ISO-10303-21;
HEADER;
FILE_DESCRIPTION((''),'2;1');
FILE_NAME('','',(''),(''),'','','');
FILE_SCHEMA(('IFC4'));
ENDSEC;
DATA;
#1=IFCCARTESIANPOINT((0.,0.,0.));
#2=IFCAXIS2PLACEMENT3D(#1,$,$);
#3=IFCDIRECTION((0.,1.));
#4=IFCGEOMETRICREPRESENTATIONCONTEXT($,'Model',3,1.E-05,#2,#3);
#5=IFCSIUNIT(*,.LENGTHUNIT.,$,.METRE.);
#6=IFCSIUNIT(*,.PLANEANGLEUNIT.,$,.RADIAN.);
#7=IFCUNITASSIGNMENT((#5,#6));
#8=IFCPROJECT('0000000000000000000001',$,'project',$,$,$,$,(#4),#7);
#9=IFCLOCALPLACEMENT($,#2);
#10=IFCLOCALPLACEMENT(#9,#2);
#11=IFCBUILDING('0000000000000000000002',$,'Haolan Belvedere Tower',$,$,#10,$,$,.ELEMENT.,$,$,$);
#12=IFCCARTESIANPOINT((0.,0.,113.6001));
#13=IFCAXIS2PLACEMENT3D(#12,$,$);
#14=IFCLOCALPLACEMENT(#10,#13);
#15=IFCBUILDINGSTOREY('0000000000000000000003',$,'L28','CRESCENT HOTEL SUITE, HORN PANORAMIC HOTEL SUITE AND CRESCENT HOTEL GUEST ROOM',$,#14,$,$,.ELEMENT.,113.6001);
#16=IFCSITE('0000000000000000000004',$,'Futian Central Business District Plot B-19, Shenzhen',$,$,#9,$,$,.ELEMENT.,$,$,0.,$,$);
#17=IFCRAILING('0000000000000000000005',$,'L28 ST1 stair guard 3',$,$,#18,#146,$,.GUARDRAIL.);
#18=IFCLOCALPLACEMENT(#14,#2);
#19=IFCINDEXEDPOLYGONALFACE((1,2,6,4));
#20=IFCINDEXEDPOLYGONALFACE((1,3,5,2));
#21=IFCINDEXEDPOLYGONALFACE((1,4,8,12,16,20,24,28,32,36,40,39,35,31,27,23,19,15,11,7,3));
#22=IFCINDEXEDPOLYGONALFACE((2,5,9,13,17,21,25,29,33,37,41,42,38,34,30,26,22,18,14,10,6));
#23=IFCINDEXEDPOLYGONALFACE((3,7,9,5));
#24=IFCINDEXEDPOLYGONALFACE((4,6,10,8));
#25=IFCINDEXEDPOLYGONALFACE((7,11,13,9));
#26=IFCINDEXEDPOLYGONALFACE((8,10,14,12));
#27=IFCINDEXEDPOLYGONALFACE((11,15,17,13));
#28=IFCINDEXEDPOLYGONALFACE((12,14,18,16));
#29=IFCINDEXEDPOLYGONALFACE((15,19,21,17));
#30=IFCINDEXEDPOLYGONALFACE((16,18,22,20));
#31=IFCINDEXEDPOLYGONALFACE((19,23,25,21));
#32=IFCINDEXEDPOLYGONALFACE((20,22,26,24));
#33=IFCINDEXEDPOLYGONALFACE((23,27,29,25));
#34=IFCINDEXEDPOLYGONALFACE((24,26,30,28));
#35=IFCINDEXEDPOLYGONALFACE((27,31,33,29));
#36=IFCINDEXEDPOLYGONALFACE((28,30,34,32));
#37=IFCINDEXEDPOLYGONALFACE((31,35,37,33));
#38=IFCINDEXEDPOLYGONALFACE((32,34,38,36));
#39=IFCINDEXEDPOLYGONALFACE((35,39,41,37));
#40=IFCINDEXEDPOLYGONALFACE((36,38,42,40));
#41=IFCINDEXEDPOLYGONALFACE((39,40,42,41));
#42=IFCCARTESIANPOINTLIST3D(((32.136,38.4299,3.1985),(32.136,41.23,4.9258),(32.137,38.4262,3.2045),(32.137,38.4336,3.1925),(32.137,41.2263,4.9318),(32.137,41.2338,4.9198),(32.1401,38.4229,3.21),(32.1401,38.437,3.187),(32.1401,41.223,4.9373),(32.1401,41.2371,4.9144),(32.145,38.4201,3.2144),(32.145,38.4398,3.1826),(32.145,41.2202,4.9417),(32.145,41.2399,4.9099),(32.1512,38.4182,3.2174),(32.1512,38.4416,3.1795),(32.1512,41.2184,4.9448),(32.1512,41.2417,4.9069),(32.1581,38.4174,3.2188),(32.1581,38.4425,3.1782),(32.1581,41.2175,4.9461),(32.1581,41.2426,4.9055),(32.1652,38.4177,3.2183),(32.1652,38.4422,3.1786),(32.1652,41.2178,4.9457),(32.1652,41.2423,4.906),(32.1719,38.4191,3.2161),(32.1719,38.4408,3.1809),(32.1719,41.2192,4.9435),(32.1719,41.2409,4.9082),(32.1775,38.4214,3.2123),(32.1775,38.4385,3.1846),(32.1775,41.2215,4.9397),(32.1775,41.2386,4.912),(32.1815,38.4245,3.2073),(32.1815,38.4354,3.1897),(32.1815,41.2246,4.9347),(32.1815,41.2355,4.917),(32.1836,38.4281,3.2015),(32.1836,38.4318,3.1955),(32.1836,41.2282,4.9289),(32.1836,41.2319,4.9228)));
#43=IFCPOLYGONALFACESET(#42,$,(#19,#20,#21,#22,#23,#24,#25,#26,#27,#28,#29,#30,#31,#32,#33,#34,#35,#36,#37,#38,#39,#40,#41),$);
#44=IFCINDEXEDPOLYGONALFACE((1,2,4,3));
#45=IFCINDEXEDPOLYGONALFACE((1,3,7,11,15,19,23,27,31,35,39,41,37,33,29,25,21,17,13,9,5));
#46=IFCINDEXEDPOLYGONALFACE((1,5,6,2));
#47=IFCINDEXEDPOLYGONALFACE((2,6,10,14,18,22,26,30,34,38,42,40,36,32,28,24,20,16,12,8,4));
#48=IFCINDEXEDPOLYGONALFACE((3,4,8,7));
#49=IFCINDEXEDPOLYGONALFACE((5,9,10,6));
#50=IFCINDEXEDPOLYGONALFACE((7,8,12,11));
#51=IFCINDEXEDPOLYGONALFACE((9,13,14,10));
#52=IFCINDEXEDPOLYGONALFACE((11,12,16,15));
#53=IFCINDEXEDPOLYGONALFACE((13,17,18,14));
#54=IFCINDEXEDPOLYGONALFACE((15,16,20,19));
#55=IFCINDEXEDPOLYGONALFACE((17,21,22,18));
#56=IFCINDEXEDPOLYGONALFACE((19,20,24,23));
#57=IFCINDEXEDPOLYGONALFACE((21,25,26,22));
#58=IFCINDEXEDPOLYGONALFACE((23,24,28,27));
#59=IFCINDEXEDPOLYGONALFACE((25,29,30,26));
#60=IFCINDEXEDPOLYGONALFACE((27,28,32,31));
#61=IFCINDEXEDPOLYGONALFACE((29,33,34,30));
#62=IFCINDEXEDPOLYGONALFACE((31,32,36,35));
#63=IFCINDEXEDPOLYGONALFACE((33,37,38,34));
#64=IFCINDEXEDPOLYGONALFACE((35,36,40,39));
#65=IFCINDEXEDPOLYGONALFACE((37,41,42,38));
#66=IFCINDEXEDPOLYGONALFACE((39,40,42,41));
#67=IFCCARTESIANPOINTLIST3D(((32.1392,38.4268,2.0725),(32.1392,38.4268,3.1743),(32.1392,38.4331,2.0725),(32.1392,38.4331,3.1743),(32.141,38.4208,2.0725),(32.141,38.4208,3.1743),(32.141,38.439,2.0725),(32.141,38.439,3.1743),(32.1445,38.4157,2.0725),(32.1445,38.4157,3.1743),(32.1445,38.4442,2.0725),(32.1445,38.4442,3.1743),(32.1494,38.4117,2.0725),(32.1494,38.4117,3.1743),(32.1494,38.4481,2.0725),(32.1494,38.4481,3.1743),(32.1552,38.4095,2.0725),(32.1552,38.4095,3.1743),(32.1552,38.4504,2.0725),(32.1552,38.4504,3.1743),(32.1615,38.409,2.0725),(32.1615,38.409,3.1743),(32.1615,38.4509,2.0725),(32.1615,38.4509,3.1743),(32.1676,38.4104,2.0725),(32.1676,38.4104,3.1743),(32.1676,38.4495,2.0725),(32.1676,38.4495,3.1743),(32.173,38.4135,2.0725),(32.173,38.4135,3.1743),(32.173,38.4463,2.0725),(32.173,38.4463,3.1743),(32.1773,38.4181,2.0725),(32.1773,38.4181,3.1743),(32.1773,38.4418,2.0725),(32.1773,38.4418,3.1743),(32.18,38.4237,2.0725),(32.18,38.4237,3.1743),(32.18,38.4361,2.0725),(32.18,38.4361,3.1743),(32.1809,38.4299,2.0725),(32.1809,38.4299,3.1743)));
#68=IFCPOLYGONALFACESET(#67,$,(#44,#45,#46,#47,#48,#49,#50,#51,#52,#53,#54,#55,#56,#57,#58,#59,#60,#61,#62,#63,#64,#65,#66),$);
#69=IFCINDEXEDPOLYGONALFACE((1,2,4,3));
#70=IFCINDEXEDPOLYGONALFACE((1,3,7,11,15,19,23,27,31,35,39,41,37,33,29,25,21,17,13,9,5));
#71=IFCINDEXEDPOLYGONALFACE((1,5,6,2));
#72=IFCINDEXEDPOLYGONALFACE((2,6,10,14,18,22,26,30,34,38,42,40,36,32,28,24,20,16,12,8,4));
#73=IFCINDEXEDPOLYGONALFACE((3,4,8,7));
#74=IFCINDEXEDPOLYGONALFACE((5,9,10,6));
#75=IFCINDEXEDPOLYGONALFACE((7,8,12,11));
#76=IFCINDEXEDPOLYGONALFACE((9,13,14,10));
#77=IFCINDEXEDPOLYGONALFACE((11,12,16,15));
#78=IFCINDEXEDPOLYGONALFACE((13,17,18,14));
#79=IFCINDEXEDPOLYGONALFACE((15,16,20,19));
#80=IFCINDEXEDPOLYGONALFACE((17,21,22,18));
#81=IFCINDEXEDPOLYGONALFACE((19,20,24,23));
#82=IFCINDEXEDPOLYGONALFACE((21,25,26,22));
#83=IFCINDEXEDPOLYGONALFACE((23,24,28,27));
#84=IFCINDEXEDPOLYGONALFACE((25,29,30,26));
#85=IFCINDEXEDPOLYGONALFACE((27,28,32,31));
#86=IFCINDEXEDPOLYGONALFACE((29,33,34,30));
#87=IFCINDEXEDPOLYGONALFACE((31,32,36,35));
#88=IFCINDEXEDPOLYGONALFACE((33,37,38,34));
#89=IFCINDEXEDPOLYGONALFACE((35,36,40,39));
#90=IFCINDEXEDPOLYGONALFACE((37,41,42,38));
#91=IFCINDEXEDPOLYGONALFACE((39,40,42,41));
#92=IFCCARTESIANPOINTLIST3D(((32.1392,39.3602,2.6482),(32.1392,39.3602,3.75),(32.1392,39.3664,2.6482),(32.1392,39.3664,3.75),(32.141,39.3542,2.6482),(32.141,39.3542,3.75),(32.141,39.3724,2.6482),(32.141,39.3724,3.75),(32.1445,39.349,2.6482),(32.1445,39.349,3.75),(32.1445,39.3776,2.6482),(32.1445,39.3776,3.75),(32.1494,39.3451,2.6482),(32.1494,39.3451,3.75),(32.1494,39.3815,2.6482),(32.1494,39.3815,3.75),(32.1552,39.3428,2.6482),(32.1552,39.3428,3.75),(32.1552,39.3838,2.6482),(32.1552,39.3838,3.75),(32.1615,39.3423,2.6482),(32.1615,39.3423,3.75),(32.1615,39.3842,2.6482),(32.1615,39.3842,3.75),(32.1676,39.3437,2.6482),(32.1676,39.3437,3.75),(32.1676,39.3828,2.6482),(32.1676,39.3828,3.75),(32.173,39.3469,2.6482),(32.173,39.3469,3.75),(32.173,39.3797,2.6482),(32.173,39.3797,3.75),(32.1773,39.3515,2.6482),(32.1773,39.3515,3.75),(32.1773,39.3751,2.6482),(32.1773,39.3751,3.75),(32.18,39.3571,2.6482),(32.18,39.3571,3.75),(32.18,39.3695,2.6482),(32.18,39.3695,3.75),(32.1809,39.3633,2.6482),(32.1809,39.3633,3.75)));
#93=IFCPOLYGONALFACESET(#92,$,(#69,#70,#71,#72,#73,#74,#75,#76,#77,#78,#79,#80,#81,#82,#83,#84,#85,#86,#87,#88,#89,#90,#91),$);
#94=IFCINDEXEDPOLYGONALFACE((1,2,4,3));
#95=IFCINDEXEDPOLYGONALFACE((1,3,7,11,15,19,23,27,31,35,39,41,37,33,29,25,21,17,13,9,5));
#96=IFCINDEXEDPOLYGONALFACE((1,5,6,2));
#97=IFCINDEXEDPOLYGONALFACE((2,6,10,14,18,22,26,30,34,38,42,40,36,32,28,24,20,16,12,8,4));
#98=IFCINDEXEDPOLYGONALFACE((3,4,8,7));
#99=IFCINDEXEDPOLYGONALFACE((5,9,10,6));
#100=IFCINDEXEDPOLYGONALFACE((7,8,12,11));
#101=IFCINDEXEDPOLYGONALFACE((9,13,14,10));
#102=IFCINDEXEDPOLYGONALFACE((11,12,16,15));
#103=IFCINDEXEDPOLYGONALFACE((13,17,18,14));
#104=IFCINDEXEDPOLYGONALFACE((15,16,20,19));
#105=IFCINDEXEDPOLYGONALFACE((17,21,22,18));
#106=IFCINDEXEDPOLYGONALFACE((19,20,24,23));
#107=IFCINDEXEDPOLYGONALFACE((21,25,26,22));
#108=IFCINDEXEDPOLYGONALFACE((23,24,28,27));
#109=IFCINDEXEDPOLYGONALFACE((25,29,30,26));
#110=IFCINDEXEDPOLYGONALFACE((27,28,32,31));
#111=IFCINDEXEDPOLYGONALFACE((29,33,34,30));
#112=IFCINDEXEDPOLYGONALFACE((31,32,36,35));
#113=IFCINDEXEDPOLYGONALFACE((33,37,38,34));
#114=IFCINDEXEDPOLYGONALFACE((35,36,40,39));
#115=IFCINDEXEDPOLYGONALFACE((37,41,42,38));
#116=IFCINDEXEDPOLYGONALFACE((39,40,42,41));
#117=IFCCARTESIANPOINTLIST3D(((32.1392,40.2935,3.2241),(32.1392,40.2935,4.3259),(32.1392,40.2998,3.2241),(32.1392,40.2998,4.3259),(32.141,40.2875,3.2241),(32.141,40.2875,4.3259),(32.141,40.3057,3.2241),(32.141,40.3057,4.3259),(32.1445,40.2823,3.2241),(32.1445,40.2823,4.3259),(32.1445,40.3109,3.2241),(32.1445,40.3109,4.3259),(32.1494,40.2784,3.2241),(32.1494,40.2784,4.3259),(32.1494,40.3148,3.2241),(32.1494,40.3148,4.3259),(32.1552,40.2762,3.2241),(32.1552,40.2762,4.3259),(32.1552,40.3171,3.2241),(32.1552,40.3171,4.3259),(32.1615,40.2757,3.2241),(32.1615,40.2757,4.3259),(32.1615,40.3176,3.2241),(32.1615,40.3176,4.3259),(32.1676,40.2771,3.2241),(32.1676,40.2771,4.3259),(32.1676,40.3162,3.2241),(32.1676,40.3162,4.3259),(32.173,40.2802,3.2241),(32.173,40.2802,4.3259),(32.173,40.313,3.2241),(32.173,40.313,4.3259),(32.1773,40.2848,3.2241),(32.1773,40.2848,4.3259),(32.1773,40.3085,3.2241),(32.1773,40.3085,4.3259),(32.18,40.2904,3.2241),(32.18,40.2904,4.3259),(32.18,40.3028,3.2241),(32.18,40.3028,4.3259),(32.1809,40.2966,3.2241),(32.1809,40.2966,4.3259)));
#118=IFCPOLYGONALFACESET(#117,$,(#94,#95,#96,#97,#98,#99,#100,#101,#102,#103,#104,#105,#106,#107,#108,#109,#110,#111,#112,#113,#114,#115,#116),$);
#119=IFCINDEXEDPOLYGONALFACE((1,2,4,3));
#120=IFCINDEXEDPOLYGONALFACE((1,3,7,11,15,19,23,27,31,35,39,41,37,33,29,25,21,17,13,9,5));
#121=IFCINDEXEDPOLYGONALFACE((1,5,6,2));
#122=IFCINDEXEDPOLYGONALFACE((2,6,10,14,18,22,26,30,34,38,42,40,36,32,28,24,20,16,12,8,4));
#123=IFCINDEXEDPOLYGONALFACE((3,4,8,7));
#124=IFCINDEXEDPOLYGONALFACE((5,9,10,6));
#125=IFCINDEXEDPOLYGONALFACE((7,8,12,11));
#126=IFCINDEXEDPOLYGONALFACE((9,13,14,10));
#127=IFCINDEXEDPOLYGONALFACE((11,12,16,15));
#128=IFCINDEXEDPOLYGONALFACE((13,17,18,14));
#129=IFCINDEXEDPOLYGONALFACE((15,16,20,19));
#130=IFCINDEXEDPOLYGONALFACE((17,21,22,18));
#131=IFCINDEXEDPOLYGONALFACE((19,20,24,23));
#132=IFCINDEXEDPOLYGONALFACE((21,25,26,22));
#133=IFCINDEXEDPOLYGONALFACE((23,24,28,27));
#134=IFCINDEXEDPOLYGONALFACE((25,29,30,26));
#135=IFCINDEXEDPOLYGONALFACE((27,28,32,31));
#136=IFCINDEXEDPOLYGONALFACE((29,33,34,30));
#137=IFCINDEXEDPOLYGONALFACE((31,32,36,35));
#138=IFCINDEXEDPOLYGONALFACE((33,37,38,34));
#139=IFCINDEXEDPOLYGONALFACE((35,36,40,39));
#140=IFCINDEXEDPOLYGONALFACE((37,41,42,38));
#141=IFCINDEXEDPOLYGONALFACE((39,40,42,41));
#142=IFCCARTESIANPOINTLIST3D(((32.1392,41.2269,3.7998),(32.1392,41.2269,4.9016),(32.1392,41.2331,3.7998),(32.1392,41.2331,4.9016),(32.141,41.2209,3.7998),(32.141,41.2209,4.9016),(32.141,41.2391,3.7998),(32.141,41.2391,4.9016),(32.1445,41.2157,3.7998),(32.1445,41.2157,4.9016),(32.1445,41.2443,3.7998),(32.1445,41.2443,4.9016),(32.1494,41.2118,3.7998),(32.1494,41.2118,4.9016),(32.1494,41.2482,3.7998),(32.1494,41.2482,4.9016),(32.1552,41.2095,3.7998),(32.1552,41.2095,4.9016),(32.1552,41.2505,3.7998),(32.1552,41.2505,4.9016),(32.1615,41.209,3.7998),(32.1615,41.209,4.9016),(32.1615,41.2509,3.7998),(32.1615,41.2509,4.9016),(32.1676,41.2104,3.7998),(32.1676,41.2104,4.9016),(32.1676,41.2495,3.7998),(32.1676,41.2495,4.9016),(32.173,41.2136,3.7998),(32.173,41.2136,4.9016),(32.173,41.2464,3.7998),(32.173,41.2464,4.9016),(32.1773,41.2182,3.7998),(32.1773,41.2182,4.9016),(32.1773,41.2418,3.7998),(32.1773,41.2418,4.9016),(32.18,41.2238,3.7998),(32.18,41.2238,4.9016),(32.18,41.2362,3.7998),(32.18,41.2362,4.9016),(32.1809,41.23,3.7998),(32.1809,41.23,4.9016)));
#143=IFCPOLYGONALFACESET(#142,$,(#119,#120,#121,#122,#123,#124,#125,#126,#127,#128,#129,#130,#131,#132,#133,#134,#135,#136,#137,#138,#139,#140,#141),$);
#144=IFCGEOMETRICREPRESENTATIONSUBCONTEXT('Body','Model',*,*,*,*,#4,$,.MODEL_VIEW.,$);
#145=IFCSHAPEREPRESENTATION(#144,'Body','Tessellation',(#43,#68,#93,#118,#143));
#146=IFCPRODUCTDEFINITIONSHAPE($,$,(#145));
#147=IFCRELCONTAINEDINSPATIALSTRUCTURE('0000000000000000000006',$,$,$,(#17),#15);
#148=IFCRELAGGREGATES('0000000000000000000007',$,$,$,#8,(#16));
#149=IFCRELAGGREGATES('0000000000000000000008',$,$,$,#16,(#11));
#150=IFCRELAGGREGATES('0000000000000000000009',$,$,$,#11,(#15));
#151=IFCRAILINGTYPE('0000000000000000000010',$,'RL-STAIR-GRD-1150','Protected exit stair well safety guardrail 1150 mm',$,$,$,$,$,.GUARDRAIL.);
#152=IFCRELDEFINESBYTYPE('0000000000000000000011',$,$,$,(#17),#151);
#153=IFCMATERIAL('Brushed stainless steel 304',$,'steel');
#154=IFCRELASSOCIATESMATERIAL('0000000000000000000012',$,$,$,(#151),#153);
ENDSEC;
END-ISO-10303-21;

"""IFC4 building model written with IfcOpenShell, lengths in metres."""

from ifc_helpers import new_model, si_unit, direction, frame, origin, origin_2d, place, context, subcontext, project, spatial, circle, extrude, material, type_object, element, save


model = new_model("IFC4")

# Units and contexts
model_context = context("Model", 3, precision=1e-05, world=origin(), true_north=direction((0.0, 1.0)))
body_context = subcontext(model_context, "Body", "Model", "MODEL_VIEW")
ifc_project = project(units=[si_unit("LENGTHUNIT", "METRE"), si_unit("PLANEANGLEUNIT", "RADIAN")], contexts=[model_context])

# Site, building, storey
site_placement = place(None, origin())
site = spatial("IfcSite", under=ifc_project, at=site_placement, Name="Futian Central Business District Plot B-19, Shenzhen", CompositionType="ELEMENT", RefElevation=0.0)
building_placement = place(site_placement, origin())
building = spatial("IfcBuilding", under=site, at=building_placement, Name="Haolan Belvedere Tower", CompositionType="ELEMENT")
storey_placement = place(building_placement, frame((0.0, 0.0, 113.6001)))
storey = spatial("IfcBuildingStorey", under=building, at=storey_placement, Name="L28", Description="CRESCENT HOTEL SUITE, HORN PANORAMIC HOTEL SUITE AND CRESCENT HOTEL GUEST ROOM", CompositionType="ELEMENT", Elevation=113.6001)

# Railing
ifc_material_1 = material(Name="Brushed stainless steel 304", Category="steel")
railing_type_1 = type_object("IfcRailingType", Name="RL-STAIR-GRD-1150", Description="Protected exit stair well safety guardrail 1150 mm", PredefinedType="GUARDRAIL", material=ifc_material_1)
railing_1_placement = place(storey_placement, frame((32.1599, 38.4299, 2.0725)))
element("IfcRailing", 1, at=railing_1_placement, inside=storey, type_object=railing_type_1, Name="L28 ST1 stair guard 3", PredefinedType="GUARDRAIL", context=body_context, shape_type="SweptSolid", body=[
    extrude(circle(Radius=0.0239, at=origin_2d()), frame((0.0, 0.0, 1.126), z_axis=(0.0, 0.85109, 0.52502), x_axis=(-1.0, 0.0, 0.0)), (0.0, 0.0, 1.0), 3.29),
    extrude(circle(Radius=0.021, at=origin_2d()), origin(), (0.0, 0.0, 1.0), 1.1018),
    extrude(circle(Radius=0.021, at=origin_2d()), frame((0.0, 0.9333, 0.5757)), (0.0, 0.0, 1.0), 1.1018),
    extrude(circle(Radius=0.021, at=origin_2d()), frame((0.0, 1.8667, 1.1516)), (0.0, 0.0, 1.0), 1.1018),
    extrude(circle(Radius=0.021, at=origin_2d()), frame((0.0, 2.8, 1.7273)), (0.0, 0.0, 1.0), 1.1018),
])

save(model, "model.ifc")
